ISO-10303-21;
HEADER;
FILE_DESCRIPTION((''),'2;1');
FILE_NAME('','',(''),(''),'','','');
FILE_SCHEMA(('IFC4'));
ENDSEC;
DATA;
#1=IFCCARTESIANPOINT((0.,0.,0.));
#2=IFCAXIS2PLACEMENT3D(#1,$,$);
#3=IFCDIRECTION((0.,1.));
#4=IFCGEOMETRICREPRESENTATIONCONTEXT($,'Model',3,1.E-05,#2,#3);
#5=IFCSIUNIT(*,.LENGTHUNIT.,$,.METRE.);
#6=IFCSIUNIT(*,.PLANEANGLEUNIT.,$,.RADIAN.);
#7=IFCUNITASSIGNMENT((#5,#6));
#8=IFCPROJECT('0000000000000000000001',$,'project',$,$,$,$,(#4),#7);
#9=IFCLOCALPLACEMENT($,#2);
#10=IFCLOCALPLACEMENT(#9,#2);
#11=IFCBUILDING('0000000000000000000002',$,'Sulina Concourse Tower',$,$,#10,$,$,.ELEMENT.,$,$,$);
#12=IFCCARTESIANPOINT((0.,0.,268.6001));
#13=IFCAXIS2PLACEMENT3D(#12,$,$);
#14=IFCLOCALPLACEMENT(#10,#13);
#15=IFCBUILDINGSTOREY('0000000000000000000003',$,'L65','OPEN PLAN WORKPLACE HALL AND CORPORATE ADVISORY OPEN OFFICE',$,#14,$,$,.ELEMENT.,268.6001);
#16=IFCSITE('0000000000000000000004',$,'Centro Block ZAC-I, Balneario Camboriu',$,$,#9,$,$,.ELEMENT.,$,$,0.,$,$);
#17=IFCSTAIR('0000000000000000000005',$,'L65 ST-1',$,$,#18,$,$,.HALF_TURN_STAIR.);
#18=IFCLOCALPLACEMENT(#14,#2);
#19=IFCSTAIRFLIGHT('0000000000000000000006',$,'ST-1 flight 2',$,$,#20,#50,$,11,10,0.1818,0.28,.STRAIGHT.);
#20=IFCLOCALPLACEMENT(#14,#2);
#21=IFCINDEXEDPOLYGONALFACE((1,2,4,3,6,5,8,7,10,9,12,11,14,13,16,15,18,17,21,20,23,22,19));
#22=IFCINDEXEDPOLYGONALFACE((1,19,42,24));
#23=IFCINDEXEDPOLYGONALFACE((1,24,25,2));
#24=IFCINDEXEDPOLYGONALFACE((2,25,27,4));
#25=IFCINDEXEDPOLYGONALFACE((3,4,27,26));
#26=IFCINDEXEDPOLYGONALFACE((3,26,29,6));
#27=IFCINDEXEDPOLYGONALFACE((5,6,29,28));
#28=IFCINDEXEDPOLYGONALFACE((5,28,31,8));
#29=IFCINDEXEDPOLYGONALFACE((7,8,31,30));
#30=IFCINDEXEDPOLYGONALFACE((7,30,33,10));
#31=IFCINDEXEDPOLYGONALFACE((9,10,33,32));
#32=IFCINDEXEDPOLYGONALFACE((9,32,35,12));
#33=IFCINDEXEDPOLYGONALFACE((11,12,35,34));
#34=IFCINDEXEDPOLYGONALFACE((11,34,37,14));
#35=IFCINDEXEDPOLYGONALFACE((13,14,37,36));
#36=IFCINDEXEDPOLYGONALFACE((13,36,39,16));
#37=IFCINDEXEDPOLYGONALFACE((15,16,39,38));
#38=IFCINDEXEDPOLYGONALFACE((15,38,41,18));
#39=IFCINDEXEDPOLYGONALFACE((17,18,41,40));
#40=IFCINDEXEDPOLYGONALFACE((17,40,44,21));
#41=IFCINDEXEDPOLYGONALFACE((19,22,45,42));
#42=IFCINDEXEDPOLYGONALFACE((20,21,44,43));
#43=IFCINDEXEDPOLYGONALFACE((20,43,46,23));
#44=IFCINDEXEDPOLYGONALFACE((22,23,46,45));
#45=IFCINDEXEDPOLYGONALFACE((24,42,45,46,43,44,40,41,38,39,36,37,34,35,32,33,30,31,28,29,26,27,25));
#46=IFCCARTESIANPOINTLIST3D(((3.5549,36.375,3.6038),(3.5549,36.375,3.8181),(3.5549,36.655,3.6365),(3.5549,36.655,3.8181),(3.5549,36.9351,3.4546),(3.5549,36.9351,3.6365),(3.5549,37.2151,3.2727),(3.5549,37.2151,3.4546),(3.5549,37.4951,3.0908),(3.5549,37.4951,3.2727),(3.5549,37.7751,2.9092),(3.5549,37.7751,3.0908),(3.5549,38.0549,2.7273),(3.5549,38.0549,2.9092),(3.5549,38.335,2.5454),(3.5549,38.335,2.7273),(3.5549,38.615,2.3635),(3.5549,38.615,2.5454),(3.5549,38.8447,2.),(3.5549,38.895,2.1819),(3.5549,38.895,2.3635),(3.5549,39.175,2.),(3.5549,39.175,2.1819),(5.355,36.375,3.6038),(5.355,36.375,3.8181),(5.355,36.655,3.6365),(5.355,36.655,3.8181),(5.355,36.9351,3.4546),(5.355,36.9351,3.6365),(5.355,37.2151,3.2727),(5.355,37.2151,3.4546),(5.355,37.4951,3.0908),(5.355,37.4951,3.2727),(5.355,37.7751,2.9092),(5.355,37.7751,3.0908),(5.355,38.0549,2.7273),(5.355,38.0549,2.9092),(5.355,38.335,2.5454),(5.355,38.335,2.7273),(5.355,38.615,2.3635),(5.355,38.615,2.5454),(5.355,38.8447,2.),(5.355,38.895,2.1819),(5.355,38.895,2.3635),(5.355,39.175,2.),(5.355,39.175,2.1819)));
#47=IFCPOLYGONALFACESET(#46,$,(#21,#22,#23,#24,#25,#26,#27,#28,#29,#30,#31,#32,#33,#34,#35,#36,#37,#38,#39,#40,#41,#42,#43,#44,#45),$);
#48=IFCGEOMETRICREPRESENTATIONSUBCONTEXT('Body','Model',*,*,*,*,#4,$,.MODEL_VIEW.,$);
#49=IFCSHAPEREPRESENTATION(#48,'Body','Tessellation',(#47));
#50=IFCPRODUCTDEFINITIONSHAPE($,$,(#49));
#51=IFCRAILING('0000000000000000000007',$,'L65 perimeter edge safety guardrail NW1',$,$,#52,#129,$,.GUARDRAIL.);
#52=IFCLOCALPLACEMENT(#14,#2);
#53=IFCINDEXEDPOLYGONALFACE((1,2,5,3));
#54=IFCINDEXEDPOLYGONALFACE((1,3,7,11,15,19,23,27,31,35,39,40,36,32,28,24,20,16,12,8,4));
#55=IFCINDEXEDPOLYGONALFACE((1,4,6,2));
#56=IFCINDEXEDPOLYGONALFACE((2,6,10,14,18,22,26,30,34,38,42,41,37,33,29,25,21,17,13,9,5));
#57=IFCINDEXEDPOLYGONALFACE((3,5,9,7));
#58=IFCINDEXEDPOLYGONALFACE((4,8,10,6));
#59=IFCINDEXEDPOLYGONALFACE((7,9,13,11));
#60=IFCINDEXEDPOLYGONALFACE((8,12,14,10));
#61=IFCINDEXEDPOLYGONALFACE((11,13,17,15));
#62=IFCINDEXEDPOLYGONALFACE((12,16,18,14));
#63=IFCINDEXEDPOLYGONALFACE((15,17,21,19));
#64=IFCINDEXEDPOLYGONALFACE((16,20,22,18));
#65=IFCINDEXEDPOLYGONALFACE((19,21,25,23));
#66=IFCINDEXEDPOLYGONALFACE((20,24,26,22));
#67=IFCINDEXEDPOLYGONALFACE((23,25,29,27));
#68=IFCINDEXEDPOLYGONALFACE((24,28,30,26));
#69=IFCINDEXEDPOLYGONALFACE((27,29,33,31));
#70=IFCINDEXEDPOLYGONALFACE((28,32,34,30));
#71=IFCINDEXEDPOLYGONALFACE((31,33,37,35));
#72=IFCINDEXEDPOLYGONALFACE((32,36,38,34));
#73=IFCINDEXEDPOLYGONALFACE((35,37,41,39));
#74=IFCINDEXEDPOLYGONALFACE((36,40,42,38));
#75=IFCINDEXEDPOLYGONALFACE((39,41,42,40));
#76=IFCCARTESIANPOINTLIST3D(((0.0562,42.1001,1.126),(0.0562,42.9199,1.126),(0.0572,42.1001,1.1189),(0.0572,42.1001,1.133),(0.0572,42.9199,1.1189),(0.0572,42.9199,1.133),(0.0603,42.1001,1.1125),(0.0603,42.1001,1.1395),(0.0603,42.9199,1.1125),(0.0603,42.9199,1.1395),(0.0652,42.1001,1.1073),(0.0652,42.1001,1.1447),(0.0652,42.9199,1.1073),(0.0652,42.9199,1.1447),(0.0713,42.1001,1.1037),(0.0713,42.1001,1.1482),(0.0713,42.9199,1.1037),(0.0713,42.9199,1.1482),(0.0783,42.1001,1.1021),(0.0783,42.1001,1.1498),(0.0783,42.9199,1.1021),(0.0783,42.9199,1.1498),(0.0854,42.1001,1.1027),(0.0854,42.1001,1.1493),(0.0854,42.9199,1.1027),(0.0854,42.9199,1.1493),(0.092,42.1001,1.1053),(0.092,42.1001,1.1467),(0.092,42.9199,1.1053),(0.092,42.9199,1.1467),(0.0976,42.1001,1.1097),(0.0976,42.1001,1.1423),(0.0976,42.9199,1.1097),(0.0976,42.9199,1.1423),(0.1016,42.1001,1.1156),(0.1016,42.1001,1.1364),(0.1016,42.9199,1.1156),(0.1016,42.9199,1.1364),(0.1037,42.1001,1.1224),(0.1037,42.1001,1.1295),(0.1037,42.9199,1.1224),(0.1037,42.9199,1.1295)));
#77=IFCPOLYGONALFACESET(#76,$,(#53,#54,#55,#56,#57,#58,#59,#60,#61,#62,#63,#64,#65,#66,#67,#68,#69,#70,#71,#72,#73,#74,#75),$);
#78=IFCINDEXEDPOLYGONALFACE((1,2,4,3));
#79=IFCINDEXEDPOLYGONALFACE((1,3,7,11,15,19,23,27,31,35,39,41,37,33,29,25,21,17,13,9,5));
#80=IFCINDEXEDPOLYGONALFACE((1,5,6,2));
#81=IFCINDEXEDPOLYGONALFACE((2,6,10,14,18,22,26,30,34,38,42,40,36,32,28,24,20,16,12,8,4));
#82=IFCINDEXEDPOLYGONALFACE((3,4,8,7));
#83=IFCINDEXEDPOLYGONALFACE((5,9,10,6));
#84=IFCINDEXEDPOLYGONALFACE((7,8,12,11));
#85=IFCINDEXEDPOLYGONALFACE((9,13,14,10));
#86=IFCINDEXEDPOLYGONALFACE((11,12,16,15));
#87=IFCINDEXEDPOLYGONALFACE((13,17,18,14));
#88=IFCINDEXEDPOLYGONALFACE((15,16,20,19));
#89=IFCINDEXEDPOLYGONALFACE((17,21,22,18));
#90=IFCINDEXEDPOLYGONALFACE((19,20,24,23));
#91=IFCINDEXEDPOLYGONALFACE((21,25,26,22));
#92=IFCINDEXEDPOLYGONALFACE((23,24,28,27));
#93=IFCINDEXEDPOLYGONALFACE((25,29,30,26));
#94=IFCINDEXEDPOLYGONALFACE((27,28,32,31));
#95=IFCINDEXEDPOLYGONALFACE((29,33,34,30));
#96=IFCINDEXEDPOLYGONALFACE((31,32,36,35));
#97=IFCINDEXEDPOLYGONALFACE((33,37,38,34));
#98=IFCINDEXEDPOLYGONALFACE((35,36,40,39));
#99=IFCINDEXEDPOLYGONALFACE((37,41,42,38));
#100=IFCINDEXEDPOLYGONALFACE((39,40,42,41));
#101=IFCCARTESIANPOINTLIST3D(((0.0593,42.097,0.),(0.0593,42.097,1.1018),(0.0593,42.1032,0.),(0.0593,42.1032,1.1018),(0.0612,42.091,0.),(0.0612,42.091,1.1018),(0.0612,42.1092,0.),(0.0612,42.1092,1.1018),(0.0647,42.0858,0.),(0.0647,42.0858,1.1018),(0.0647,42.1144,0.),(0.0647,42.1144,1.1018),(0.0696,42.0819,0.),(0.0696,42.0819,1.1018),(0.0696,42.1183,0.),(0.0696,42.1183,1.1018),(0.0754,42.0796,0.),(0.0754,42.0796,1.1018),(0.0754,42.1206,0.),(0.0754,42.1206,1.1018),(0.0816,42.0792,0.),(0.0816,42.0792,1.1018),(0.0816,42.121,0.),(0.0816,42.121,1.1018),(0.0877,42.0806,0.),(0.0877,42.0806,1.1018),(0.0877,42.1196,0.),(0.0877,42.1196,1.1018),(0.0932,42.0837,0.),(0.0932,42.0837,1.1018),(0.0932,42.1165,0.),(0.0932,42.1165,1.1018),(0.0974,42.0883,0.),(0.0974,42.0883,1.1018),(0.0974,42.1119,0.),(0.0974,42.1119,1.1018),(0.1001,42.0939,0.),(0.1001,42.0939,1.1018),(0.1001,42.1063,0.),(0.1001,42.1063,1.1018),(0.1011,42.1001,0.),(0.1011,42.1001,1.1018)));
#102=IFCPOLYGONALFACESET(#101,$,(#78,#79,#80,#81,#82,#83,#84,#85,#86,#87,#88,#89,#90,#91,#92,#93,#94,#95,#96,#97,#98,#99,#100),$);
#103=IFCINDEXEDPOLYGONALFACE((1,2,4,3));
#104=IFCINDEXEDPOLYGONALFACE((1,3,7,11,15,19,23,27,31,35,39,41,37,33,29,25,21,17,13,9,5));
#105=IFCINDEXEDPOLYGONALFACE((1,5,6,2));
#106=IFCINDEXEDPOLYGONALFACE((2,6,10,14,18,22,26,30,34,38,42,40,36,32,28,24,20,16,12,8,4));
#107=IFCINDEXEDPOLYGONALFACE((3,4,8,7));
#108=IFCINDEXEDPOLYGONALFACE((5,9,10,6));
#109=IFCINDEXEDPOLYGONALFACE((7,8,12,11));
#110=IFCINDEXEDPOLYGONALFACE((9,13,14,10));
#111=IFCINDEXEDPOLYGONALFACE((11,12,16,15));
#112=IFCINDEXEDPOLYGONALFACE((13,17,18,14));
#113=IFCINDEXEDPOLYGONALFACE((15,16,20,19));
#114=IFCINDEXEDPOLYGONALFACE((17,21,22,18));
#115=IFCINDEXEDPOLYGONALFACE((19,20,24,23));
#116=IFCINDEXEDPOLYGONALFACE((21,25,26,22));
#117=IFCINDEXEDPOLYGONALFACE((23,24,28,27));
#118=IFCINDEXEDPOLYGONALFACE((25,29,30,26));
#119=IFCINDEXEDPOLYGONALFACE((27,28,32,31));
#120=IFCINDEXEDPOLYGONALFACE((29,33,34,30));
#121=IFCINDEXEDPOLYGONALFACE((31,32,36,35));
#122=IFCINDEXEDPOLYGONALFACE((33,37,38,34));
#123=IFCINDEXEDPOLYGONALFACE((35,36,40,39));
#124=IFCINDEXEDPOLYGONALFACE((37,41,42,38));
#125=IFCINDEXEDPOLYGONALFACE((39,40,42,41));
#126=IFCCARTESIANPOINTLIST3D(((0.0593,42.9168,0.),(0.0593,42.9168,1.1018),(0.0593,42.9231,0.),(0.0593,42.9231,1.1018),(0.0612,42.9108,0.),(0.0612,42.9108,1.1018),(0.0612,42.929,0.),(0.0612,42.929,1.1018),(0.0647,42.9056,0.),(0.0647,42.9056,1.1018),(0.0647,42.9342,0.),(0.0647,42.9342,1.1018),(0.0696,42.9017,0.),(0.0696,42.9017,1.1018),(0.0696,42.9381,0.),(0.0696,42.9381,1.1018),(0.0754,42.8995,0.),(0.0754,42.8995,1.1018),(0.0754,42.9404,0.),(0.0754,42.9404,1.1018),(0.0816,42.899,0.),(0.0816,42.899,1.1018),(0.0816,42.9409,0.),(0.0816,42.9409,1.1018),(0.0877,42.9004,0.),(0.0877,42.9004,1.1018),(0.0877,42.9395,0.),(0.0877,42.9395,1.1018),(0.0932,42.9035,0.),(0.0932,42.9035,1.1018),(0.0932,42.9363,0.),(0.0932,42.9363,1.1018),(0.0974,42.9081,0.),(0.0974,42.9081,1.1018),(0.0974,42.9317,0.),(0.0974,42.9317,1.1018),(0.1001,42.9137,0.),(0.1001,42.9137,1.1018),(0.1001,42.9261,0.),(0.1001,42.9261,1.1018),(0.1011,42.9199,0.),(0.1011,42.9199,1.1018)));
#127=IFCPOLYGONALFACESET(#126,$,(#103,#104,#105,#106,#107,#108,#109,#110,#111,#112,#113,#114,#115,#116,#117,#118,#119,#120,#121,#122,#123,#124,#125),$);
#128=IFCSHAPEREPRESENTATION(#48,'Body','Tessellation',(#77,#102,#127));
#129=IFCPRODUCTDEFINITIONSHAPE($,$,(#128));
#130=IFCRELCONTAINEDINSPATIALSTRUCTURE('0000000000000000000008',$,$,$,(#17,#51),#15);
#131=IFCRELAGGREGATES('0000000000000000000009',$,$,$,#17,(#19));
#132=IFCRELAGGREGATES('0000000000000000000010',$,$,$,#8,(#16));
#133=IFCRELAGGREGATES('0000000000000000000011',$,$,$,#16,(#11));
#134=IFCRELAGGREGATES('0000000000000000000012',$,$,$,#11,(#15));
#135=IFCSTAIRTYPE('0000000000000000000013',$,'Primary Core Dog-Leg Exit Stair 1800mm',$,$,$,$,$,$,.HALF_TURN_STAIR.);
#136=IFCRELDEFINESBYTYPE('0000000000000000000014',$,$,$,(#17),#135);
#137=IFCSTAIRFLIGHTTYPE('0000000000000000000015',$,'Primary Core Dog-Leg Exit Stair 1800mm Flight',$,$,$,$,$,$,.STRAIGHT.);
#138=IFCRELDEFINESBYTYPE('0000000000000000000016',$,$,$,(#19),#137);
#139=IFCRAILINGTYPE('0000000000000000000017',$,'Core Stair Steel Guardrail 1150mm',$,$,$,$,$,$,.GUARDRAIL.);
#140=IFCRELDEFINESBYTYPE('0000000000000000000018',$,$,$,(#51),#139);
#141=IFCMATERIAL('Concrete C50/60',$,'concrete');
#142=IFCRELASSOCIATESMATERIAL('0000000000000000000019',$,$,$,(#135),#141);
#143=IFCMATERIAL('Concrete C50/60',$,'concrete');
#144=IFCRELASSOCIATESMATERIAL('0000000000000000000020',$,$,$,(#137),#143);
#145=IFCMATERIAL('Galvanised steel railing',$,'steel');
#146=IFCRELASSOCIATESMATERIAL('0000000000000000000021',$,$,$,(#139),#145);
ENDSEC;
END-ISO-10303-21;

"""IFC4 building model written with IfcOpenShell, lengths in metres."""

from ifc_helpers import new_model, si_unit, direction, frame, origin, origin_2d, place, context, subcontext, project, spatial, polyline, circle, outline, extrude, material, type_object, element, aggregate, save


model = new_model("IFC4")

# Units and contexts
model_context = context("Model", 3, precision=1e-05, world=origin(), true_north=direction((0.0, 1.0)))
body_context = subcontext(model_context, "Body", "Model", "MODEL_VIEW")
ifc_project = project(units=[si_unit("LENGTHUNIT", "METRE"), si_unit("PLANEANGLEUNIT", "RADIAN")], contexts=[model_context])

# Site, building, storey
site_placement = place(None, origin())
site = spatial("IfcSite", under=ifc_project, at=site_placement, Name="Centro Block ZAC-I, Balneario Camboriu", CompositionType="ELEMENT", RefElevation=0.0)
building_placement = place(site_placement, origin())
building = spatial("IfcBuilding", under=site, at=building_placement, Name="Sulina Concourse Tower", CompositionType="ELEMENT")
storey_placement = place(building_placement, frame((0.0, 0.0, 268.6001)))
storey = spatial("IfcBuildingStorey", under=building, at=storey_placement, Name="L65", Description="OPEN PLAN WORKPLACE HALL AND CORPORATE ADVISORY OPEN OFFICE", CompositionType="ELEMENT", Elevation=268.6001)

# Stair, stair flight
ifc_material_1 = material(Name="Concrete C50/60", Category="concrete")
stair_type = type_object("IfcStairType", Name="Primary Core Dog-Leg Exit Stair 1800mm", PredefinedType="HALF_TURN_STAIR", material=ifc_material_1)
stair_placement = place(storey_placement, origin())
stair = element("IfcStair", 1, at=stair_placement, inside=storey, type_object=stair_type, Name="L65 ST-1", PredefinedType="HALF_TURN_STAIR")
ifc_material_2 = material(Name="Concrete C50/60", Category="concrete")
stair_flight_type = type_object("IfcStairFlightType", Name="Primary Core Dog-Leg Exit Stair 1800mm Flight", PredefinedType="STRAIGHT", material=ifc_material_2)
stair_flight_1_placement = place(storey_placement, frame((4.4551, 39.175, 2.0), z_axis=(0.0, 0.0, 1.0), x_axis=(0.0, -1.0, 0.0)))
stair_flight_1 = element("IfcStairFlight", 2, at=stair_flight_1_placement, type_object=stair_flight_type, Name="ST-1 flight 2", NumberOfRisers=11, NumberOfTreads=10, PredefinedType="STRAIGHT", RiserHeight=0.1818, TreadLength=0.28, context=body_context, shape_type="SweptSolid", body=[
    extrude(outline(polyline([(0.0, 0.0), (0.0, 0.1819), (0.28, 0.1819), (0.28, 0.3635), (0.5601, 0.3635), (0.5601, 0.5454), (0.8401, 0.5454), (0.8401, 0.7273), (1.1201, 0.7273), (1.1201, 0.9092), (1.3999, 0.9092), (1.3999, 1.0908), (1.6799, 1.0908), (1.6799, 1.2727), (1.96, 1.2727), (1.96, 1.4546), (2.24, 1.4546), (2.24, 1.6365), (2.52, 1.6365), (2.52, 1.8181), (2.8, 1.8181), (2.8, 2.0), (2.8, 1.6038), (0.3303, 0.0), (0.0, 0.0)])), frame((0.0, 0.8999, 0.0), z_axis=(0.0, -1.0, 0.0), x_axis=(1.0, 0.0, 0.0)), (0.0, 0.0, 1.0), 1.8),
])
aggregate(stair, [stair_flight_1])

# Railing
ifc_material_3 = material(Name="Galvanised steel railing", Category="steel")
railing_type_1 = type_object("IfcRailingType", Name="Core Stair Steel Guardrail 1150mm", PredefinedType="GUARDRAIL", material=ifc_material_3)
railing_1_placement = place(storey_placement, frame((0.0801, 42.1001, 0.0)))
element("IfcRailing", 3, at=railing_1_placement, inside=storey, type_object=railing_type_1, Name="L65 perimeter edge safety guardrail NW1", PredefinedType="GUARDRAIL", context=body_context, shape_type="SweptSolid", body=[
    extrude(circle(Radius=0.0239, at=origin_2d()), frame((0.0, 0.0, 1.126), z_axis=(0.0, 1.0, 0.0), x_axis=(-1.0, 0.0, 0.0)), (0.0, 0.0, 1.0), 0.8198),
    extrude(circle(Radius=0.021, at=origin_2d()), origin(), (0.0, 0.0, 1.0), 1.1018),
    extrude(circle(Radius=0.021, at=origin_2d()), frame((0.0, 0.8198, 0.0)), (0.0, 0.0, 1.0), 1.1018),
])

save(model, "model.ifc")
